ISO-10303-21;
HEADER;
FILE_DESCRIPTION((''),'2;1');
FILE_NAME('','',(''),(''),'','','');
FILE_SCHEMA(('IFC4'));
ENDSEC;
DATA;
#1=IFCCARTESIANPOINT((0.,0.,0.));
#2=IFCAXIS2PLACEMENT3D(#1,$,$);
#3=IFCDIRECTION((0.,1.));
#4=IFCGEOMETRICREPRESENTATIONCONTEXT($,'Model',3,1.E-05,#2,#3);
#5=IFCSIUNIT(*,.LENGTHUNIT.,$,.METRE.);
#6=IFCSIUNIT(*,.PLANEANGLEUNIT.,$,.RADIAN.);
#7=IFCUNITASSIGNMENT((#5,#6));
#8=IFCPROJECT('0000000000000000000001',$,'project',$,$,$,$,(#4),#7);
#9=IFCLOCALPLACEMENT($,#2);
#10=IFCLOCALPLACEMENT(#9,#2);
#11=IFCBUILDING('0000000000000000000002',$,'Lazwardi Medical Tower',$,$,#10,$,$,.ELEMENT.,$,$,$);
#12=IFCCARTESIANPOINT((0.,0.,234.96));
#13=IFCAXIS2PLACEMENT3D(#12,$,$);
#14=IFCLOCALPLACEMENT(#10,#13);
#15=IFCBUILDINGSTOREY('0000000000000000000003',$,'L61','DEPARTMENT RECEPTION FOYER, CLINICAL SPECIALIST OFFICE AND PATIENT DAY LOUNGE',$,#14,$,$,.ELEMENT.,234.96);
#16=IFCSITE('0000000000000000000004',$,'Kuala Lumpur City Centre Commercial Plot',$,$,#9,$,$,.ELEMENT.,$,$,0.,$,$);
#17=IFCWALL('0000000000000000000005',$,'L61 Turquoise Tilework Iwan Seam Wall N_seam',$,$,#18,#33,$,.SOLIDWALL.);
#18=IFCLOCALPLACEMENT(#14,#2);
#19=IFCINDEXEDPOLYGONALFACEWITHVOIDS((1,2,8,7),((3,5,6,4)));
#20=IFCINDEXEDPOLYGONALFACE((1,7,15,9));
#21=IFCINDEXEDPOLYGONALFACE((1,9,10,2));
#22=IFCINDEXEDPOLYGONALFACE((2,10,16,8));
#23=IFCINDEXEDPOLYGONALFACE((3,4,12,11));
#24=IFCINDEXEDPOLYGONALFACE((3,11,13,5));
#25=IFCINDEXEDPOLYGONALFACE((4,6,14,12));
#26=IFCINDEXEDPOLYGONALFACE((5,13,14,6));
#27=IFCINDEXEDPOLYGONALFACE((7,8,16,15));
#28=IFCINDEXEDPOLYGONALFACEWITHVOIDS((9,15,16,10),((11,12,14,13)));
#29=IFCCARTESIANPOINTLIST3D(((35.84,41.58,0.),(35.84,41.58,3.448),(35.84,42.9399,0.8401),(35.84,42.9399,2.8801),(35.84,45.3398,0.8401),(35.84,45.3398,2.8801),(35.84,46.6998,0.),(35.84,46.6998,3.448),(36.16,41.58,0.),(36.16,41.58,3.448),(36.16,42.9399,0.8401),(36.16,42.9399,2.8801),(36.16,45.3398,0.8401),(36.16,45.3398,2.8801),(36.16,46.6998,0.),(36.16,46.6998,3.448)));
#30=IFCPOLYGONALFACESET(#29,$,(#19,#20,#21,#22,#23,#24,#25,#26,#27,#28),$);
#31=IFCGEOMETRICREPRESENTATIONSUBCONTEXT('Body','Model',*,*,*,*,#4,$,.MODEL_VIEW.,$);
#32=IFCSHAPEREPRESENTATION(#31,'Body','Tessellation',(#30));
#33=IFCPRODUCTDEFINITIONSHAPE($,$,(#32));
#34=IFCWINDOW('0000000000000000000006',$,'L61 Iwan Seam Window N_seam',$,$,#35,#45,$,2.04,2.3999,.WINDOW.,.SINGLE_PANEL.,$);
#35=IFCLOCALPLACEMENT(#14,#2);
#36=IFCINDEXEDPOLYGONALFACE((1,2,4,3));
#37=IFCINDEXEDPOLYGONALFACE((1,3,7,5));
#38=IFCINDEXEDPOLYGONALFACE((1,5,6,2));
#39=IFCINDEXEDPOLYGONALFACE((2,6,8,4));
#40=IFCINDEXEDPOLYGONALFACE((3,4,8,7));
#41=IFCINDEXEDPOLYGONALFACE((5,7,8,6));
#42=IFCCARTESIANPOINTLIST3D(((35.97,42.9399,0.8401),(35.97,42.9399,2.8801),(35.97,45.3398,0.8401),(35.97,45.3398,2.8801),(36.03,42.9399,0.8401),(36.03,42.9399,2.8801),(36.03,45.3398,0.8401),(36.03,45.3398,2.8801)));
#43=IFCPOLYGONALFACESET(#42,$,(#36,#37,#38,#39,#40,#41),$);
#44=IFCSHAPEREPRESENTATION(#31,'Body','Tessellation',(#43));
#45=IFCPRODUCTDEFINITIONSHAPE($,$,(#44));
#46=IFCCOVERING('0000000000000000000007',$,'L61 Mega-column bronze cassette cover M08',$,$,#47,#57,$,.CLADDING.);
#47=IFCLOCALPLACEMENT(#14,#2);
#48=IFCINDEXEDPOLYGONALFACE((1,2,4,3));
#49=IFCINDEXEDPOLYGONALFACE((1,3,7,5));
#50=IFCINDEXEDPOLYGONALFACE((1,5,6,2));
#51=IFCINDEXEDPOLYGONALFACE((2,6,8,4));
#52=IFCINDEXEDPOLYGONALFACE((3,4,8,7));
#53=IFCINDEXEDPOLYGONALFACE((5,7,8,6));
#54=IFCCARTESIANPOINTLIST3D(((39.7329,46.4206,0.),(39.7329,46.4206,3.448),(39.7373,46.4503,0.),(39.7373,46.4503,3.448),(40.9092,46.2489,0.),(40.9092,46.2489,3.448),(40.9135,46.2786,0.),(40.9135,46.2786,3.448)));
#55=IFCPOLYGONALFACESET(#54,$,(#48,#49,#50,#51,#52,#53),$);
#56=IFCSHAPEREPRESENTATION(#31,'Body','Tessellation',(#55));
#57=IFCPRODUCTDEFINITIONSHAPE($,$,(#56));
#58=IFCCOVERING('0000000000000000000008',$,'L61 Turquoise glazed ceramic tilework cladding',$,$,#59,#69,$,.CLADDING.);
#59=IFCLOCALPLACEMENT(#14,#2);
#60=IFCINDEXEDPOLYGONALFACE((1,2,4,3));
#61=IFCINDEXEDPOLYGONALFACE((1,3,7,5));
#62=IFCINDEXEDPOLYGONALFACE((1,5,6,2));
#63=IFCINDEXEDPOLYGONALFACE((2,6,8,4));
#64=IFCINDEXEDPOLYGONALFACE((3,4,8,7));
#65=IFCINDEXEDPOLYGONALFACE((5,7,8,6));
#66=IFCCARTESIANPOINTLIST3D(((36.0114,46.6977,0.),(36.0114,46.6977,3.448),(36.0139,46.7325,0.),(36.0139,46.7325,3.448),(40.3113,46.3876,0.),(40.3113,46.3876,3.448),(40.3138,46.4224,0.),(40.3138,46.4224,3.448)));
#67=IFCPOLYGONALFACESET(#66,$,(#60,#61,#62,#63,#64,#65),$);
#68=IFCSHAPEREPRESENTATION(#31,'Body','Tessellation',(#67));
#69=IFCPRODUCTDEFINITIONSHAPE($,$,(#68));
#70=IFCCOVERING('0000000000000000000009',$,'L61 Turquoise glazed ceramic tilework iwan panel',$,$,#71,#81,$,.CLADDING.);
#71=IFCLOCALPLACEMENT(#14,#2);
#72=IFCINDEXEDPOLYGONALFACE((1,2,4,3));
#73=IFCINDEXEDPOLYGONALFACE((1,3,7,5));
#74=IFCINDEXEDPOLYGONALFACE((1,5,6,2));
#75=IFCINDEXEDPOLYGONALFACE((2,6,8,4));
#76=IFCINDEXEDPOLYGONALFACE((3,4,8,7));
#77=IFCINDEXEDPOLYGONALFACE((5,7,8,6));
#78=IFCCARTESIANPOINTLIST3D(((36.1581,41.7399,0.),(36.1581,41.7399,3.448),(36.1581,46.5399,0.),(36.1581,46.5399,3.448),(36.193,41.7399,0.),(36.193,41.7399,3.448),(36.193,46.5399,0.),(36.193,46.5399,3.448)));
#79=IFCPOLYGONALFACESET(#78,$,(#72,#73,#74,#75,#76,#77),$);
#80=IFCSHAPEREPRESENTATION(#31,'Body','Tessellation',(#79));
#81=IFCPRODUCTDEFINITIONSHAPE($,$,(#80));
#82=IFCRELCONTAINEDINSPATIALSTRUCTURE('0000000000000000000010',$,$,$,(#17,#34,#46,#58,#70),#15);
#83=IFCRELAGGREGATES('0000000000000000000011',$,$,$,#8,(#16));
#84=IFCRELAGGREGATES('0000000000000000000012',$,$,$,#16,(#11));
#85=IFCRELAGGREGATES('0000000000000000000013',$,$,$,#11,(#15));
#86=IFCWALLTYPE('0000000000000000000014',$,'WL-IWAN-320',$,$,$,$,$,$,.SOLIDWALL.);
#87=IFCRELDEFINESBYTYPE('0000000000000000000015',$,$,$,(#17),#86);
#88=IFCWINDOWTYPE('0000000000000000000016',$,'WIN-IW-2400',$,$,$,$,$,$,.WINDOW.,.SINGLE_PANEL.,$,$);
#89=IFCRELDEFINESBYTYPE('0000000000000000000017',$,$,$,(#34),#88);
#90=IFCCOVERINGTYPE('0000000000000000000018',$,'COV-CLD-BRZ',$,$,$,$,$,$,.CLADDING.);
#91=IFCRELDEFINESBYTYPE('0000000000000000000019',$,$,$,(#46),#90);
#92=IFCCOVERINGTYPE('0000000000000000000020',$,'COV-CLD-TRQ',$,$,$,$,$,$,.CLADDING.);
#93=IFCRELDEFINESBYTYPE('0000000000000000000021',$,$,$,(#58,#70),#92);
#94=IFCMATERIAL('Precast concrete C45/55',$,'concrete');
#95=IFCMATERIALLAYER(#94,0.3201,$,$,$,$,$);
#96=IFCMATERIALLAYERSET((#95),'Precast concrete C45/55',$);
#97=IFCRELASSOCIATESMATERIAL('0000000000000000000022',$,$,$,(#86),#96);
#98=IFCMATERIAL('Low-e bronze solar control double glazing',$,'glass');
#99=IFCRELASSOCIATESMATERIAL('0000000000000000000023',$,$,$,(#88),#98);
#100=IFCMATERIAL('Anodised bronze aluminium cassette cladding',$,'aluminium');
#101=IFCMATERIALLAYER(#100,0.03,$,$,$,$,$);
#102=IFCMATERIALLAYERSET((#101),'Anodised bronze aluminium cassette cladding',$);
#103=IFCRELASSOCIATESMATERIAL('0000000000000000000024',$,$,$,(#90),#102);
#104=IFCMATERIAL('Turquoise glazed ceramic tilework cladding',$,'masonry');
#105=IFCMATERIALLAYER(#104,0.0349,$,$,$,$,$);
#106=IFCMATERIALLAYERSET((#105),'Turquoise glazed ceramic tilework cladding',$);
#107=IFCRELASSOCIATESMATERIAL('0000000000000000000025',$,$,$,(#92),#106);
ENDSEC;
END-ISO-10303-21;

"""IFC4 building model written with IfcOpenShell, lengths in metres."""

from ifc_helpers import new_model, si_unit, direction, frame, frame_2d, origin, origin_2d, place, context, subcontext, project, spatial, rectangle, extrude, material, layer, layer_set, type_object, element, fill, save


model = new_model("IFC4")

# Units and contexts
model_context = context("Model", 3, precision=1e-05, world=origin(), true_north=direction((0.0, 1.0)))
body_context = subcontext(model_context, "Body", "Model", "MODEL_VIEW")
ifc_project = project(units=[si_unit("LENGTHUNIT", "METRE"), si_unit("PLANEANGLEUNIT", "RADIAN")], contexts=[model_context])

# Site, building, storey
site_placement = place(None, origin())
site = spatial("IfcSite", under=ifc_project, at=site_placement, Name="Kuala Lumpur City Centre Commercial Plot", CompositionType="ELEMENT", RefElevation=0.0)
building_placement = place(site_placement, origin())
building = spatial("IfcBuilding", under=site, at=building_placement, Name="Lazwardi Medical Tower", CompositionType="ELEMENT")
storey_placement = place(building_placement, frame((0.0, 0.0, 234.96)))
storey = spatial("IfcBuildingStorey", under=building, at=storey_placement, Name="L61", Description="DEPARTMENT RECEPTION FOYER, CLINICAL SPECIALIST OFFICE AND PATIENT DAY LOUNGE", CompositionType="ELEMENT", Elevation=234.96)

# Shared definitions
ifc_material_1 = material(Name="Low-e bronze solar control double glazing", Category="glass")

# Wall, opening, window
ifc_material_2 = material(Name="Precast concrete C45/55", Category="concrete")
ifc_layer_1 = layer(ifc_material_2, 0.3201)
ifc_layer_set_1 = layer_set([ifc_layer_1], Name="Precast concrete C45/55")
wall_type = type_object("IfcWallType", Name="WL-IWAN-320", PredefinedType="SOLIDWALL", material=ifc_layer_set_1)
wall_1_placement = place(storey_placement, frame((36.0, 46.7, 0.0), z_axis=(0.0, 0.0, 1.0), x_axis=(0.0, -1.0, 0.0)))
wall_1 = element("IfcWall", 1, at=wall_1_placement, inside=storey, type_object=wall_type, Name="L61 Turquoise Tilework Iwan Seam Wall N_seam", PredefinedType="SOLIDWALL", context=body_context, shape_type="SweptSolid", body=[
    extrude(rectangle(XDim=5.1199, YDim=0.3201, at=frame_2d((2.5601, 0.0))), origin(), (0.0, 0.0, 1.0), 3.448),
])
opening_1_placement = place(wall_1_placement, frame((1.3601, 0.0, 0.8401)))
opening_1 = element("IfcOpeningElement", 2, at=opening_1_placement, cuts=wall_1, PredefinedType="OPENING", context=body_context, shape_type="SweptSolid", body=[
    extrude(rectangle(XDim=2.3999, YDim=2.04, at=frame_2d((1.2, 1.02))), frame((0.0, 0.1699, 0.0), z_axis=(0.0, -1.0, 0.0), x_axis=(1.0, 0.0, 0.0)), (0.0, 0.0, 1.0), 0.3401),
])
window_type_1 = type_object("IfcWindowType", Name="WIN-IW-2400", PartitioningType="SINGLE_PANEL", PredefinedType="WINDOW", material=ifc_material_1)
window_1_placement = place(opening_1_placement, origin())
window_1 = element("IfcWindow", 3, at=window_1_placement, inside=storey, type_object=window_type_1, Name="L61 Iwan Seam Window N_seam", OverallHeight=2.04, OverallWidth=2.3999, PartitioningType="SINGLE_PANEL", PredefinedType="WINDOW", context=body_context, shape_type="SweptSolid", body=[
    extrude(rectangle(XDim=2.3999, YDim=2.04, at=frame_2d((1.2, 1.02))), frame((0.0, 0.03, 0.0), z_axis=(0.0, -1.0, 0.0), x_axis=(1.0, 0.0, 0.0)), (0.0, 0.0, 1.0), 0.0601),
])
fill(opening_1, window_1)

# Coverings
ifc_material_3 = material(Name="Anodised bronze aluminium cassette cladding", Category="aluminium")
ifc_layer_2 = layer(ifc_material_3, 0.03)
ifc_layer_set_2 = layer_set([ifc_layer_2], Name="Anodised bronze aluminium cassette cladding")
covering_type_1 = type_object("IfcCoveringType", Name="COV-CLD-BRZ", PredefinedType="CLADDING", material=ifc_layer_set_2)
covering_1_placement = place(storey_placement, frame((40.3232, 46.3496, 0.0), z_axis=(0.0, 0.0, 1.0), x_axis=(-0.989512, 0.144448, 0.0)))
element("IfcCovering", 4, at=covering_1_placement, inside=storey, type_object=covering_type_1, Name="L61 Mega-column bronze cassette cover M08", PredefinedType="CLADDING", context=body_context, shape_type="SweptSolid", body=[
    extrude(rectangle(XDim=1.1887, YDim=0.03, at=origin_2d()), origin(), (0.0, 0.0, 1.0), 3.448),
])
ifc_material_4 = material(Name="Turquoise glazed ceramic tilework cladding", Category="masonry")
ifc_layer_3 = layer(ifc_material_4, 0.0349)
ifc_layer_set_3 = layer_set([ifc_layer_3], Name="Turquoise glazed ceramic tilework cladding")
covering_type_2 = type_object("IfcCoveringType", Name="COV-CLD-TRQ", PredefinedType="CLADDING", material=ifc_layer_set_3)
covering_2_placement = place(storey_placement, frame((38.1626, 46.5601, 0.0), z_axis=(0.0, 0.0, 1.0), x_axis=(-0.997409, 0.071933, 0.0)))
element("IfcCovering", 5, at=covering_2_placement, inside=storey, type_object=covering_type_2, Name="L61 Turquoise glazed ceramic tilework cladding", PredefinedType="CLADDING", context=body_context, shape_type="SweptSolid", body=[
    extrude(rectangle(XDim=4.311, YDim=0.0349, at=origin_2d()), origin(), (0.0, 0.0, 1.0), 3.448),
])
covering_3_placement = place(storey_placement, frame((36.1755, 44.1399, 0.0), z_axis=(0.0, 0.0, 1.0), x_axis=(0.0, -1.0, 0.0)))
element("IfcCovering", 6, at=covering_3_placement, inside=storey, type_object=covering_type_2, Name="L61 Turquoise glazed ceramic tilework iwan panel", PredefinedType="CLADDING", context=body_context, shape_type="SweptSolid", body=[
    extrude(rectangle(XDim=4.8, YDim=0.0349, at=origin_2d()), origin(), (0.0, 0.0, 1.0), 3.448),
])

save(model, "model.ifc")
